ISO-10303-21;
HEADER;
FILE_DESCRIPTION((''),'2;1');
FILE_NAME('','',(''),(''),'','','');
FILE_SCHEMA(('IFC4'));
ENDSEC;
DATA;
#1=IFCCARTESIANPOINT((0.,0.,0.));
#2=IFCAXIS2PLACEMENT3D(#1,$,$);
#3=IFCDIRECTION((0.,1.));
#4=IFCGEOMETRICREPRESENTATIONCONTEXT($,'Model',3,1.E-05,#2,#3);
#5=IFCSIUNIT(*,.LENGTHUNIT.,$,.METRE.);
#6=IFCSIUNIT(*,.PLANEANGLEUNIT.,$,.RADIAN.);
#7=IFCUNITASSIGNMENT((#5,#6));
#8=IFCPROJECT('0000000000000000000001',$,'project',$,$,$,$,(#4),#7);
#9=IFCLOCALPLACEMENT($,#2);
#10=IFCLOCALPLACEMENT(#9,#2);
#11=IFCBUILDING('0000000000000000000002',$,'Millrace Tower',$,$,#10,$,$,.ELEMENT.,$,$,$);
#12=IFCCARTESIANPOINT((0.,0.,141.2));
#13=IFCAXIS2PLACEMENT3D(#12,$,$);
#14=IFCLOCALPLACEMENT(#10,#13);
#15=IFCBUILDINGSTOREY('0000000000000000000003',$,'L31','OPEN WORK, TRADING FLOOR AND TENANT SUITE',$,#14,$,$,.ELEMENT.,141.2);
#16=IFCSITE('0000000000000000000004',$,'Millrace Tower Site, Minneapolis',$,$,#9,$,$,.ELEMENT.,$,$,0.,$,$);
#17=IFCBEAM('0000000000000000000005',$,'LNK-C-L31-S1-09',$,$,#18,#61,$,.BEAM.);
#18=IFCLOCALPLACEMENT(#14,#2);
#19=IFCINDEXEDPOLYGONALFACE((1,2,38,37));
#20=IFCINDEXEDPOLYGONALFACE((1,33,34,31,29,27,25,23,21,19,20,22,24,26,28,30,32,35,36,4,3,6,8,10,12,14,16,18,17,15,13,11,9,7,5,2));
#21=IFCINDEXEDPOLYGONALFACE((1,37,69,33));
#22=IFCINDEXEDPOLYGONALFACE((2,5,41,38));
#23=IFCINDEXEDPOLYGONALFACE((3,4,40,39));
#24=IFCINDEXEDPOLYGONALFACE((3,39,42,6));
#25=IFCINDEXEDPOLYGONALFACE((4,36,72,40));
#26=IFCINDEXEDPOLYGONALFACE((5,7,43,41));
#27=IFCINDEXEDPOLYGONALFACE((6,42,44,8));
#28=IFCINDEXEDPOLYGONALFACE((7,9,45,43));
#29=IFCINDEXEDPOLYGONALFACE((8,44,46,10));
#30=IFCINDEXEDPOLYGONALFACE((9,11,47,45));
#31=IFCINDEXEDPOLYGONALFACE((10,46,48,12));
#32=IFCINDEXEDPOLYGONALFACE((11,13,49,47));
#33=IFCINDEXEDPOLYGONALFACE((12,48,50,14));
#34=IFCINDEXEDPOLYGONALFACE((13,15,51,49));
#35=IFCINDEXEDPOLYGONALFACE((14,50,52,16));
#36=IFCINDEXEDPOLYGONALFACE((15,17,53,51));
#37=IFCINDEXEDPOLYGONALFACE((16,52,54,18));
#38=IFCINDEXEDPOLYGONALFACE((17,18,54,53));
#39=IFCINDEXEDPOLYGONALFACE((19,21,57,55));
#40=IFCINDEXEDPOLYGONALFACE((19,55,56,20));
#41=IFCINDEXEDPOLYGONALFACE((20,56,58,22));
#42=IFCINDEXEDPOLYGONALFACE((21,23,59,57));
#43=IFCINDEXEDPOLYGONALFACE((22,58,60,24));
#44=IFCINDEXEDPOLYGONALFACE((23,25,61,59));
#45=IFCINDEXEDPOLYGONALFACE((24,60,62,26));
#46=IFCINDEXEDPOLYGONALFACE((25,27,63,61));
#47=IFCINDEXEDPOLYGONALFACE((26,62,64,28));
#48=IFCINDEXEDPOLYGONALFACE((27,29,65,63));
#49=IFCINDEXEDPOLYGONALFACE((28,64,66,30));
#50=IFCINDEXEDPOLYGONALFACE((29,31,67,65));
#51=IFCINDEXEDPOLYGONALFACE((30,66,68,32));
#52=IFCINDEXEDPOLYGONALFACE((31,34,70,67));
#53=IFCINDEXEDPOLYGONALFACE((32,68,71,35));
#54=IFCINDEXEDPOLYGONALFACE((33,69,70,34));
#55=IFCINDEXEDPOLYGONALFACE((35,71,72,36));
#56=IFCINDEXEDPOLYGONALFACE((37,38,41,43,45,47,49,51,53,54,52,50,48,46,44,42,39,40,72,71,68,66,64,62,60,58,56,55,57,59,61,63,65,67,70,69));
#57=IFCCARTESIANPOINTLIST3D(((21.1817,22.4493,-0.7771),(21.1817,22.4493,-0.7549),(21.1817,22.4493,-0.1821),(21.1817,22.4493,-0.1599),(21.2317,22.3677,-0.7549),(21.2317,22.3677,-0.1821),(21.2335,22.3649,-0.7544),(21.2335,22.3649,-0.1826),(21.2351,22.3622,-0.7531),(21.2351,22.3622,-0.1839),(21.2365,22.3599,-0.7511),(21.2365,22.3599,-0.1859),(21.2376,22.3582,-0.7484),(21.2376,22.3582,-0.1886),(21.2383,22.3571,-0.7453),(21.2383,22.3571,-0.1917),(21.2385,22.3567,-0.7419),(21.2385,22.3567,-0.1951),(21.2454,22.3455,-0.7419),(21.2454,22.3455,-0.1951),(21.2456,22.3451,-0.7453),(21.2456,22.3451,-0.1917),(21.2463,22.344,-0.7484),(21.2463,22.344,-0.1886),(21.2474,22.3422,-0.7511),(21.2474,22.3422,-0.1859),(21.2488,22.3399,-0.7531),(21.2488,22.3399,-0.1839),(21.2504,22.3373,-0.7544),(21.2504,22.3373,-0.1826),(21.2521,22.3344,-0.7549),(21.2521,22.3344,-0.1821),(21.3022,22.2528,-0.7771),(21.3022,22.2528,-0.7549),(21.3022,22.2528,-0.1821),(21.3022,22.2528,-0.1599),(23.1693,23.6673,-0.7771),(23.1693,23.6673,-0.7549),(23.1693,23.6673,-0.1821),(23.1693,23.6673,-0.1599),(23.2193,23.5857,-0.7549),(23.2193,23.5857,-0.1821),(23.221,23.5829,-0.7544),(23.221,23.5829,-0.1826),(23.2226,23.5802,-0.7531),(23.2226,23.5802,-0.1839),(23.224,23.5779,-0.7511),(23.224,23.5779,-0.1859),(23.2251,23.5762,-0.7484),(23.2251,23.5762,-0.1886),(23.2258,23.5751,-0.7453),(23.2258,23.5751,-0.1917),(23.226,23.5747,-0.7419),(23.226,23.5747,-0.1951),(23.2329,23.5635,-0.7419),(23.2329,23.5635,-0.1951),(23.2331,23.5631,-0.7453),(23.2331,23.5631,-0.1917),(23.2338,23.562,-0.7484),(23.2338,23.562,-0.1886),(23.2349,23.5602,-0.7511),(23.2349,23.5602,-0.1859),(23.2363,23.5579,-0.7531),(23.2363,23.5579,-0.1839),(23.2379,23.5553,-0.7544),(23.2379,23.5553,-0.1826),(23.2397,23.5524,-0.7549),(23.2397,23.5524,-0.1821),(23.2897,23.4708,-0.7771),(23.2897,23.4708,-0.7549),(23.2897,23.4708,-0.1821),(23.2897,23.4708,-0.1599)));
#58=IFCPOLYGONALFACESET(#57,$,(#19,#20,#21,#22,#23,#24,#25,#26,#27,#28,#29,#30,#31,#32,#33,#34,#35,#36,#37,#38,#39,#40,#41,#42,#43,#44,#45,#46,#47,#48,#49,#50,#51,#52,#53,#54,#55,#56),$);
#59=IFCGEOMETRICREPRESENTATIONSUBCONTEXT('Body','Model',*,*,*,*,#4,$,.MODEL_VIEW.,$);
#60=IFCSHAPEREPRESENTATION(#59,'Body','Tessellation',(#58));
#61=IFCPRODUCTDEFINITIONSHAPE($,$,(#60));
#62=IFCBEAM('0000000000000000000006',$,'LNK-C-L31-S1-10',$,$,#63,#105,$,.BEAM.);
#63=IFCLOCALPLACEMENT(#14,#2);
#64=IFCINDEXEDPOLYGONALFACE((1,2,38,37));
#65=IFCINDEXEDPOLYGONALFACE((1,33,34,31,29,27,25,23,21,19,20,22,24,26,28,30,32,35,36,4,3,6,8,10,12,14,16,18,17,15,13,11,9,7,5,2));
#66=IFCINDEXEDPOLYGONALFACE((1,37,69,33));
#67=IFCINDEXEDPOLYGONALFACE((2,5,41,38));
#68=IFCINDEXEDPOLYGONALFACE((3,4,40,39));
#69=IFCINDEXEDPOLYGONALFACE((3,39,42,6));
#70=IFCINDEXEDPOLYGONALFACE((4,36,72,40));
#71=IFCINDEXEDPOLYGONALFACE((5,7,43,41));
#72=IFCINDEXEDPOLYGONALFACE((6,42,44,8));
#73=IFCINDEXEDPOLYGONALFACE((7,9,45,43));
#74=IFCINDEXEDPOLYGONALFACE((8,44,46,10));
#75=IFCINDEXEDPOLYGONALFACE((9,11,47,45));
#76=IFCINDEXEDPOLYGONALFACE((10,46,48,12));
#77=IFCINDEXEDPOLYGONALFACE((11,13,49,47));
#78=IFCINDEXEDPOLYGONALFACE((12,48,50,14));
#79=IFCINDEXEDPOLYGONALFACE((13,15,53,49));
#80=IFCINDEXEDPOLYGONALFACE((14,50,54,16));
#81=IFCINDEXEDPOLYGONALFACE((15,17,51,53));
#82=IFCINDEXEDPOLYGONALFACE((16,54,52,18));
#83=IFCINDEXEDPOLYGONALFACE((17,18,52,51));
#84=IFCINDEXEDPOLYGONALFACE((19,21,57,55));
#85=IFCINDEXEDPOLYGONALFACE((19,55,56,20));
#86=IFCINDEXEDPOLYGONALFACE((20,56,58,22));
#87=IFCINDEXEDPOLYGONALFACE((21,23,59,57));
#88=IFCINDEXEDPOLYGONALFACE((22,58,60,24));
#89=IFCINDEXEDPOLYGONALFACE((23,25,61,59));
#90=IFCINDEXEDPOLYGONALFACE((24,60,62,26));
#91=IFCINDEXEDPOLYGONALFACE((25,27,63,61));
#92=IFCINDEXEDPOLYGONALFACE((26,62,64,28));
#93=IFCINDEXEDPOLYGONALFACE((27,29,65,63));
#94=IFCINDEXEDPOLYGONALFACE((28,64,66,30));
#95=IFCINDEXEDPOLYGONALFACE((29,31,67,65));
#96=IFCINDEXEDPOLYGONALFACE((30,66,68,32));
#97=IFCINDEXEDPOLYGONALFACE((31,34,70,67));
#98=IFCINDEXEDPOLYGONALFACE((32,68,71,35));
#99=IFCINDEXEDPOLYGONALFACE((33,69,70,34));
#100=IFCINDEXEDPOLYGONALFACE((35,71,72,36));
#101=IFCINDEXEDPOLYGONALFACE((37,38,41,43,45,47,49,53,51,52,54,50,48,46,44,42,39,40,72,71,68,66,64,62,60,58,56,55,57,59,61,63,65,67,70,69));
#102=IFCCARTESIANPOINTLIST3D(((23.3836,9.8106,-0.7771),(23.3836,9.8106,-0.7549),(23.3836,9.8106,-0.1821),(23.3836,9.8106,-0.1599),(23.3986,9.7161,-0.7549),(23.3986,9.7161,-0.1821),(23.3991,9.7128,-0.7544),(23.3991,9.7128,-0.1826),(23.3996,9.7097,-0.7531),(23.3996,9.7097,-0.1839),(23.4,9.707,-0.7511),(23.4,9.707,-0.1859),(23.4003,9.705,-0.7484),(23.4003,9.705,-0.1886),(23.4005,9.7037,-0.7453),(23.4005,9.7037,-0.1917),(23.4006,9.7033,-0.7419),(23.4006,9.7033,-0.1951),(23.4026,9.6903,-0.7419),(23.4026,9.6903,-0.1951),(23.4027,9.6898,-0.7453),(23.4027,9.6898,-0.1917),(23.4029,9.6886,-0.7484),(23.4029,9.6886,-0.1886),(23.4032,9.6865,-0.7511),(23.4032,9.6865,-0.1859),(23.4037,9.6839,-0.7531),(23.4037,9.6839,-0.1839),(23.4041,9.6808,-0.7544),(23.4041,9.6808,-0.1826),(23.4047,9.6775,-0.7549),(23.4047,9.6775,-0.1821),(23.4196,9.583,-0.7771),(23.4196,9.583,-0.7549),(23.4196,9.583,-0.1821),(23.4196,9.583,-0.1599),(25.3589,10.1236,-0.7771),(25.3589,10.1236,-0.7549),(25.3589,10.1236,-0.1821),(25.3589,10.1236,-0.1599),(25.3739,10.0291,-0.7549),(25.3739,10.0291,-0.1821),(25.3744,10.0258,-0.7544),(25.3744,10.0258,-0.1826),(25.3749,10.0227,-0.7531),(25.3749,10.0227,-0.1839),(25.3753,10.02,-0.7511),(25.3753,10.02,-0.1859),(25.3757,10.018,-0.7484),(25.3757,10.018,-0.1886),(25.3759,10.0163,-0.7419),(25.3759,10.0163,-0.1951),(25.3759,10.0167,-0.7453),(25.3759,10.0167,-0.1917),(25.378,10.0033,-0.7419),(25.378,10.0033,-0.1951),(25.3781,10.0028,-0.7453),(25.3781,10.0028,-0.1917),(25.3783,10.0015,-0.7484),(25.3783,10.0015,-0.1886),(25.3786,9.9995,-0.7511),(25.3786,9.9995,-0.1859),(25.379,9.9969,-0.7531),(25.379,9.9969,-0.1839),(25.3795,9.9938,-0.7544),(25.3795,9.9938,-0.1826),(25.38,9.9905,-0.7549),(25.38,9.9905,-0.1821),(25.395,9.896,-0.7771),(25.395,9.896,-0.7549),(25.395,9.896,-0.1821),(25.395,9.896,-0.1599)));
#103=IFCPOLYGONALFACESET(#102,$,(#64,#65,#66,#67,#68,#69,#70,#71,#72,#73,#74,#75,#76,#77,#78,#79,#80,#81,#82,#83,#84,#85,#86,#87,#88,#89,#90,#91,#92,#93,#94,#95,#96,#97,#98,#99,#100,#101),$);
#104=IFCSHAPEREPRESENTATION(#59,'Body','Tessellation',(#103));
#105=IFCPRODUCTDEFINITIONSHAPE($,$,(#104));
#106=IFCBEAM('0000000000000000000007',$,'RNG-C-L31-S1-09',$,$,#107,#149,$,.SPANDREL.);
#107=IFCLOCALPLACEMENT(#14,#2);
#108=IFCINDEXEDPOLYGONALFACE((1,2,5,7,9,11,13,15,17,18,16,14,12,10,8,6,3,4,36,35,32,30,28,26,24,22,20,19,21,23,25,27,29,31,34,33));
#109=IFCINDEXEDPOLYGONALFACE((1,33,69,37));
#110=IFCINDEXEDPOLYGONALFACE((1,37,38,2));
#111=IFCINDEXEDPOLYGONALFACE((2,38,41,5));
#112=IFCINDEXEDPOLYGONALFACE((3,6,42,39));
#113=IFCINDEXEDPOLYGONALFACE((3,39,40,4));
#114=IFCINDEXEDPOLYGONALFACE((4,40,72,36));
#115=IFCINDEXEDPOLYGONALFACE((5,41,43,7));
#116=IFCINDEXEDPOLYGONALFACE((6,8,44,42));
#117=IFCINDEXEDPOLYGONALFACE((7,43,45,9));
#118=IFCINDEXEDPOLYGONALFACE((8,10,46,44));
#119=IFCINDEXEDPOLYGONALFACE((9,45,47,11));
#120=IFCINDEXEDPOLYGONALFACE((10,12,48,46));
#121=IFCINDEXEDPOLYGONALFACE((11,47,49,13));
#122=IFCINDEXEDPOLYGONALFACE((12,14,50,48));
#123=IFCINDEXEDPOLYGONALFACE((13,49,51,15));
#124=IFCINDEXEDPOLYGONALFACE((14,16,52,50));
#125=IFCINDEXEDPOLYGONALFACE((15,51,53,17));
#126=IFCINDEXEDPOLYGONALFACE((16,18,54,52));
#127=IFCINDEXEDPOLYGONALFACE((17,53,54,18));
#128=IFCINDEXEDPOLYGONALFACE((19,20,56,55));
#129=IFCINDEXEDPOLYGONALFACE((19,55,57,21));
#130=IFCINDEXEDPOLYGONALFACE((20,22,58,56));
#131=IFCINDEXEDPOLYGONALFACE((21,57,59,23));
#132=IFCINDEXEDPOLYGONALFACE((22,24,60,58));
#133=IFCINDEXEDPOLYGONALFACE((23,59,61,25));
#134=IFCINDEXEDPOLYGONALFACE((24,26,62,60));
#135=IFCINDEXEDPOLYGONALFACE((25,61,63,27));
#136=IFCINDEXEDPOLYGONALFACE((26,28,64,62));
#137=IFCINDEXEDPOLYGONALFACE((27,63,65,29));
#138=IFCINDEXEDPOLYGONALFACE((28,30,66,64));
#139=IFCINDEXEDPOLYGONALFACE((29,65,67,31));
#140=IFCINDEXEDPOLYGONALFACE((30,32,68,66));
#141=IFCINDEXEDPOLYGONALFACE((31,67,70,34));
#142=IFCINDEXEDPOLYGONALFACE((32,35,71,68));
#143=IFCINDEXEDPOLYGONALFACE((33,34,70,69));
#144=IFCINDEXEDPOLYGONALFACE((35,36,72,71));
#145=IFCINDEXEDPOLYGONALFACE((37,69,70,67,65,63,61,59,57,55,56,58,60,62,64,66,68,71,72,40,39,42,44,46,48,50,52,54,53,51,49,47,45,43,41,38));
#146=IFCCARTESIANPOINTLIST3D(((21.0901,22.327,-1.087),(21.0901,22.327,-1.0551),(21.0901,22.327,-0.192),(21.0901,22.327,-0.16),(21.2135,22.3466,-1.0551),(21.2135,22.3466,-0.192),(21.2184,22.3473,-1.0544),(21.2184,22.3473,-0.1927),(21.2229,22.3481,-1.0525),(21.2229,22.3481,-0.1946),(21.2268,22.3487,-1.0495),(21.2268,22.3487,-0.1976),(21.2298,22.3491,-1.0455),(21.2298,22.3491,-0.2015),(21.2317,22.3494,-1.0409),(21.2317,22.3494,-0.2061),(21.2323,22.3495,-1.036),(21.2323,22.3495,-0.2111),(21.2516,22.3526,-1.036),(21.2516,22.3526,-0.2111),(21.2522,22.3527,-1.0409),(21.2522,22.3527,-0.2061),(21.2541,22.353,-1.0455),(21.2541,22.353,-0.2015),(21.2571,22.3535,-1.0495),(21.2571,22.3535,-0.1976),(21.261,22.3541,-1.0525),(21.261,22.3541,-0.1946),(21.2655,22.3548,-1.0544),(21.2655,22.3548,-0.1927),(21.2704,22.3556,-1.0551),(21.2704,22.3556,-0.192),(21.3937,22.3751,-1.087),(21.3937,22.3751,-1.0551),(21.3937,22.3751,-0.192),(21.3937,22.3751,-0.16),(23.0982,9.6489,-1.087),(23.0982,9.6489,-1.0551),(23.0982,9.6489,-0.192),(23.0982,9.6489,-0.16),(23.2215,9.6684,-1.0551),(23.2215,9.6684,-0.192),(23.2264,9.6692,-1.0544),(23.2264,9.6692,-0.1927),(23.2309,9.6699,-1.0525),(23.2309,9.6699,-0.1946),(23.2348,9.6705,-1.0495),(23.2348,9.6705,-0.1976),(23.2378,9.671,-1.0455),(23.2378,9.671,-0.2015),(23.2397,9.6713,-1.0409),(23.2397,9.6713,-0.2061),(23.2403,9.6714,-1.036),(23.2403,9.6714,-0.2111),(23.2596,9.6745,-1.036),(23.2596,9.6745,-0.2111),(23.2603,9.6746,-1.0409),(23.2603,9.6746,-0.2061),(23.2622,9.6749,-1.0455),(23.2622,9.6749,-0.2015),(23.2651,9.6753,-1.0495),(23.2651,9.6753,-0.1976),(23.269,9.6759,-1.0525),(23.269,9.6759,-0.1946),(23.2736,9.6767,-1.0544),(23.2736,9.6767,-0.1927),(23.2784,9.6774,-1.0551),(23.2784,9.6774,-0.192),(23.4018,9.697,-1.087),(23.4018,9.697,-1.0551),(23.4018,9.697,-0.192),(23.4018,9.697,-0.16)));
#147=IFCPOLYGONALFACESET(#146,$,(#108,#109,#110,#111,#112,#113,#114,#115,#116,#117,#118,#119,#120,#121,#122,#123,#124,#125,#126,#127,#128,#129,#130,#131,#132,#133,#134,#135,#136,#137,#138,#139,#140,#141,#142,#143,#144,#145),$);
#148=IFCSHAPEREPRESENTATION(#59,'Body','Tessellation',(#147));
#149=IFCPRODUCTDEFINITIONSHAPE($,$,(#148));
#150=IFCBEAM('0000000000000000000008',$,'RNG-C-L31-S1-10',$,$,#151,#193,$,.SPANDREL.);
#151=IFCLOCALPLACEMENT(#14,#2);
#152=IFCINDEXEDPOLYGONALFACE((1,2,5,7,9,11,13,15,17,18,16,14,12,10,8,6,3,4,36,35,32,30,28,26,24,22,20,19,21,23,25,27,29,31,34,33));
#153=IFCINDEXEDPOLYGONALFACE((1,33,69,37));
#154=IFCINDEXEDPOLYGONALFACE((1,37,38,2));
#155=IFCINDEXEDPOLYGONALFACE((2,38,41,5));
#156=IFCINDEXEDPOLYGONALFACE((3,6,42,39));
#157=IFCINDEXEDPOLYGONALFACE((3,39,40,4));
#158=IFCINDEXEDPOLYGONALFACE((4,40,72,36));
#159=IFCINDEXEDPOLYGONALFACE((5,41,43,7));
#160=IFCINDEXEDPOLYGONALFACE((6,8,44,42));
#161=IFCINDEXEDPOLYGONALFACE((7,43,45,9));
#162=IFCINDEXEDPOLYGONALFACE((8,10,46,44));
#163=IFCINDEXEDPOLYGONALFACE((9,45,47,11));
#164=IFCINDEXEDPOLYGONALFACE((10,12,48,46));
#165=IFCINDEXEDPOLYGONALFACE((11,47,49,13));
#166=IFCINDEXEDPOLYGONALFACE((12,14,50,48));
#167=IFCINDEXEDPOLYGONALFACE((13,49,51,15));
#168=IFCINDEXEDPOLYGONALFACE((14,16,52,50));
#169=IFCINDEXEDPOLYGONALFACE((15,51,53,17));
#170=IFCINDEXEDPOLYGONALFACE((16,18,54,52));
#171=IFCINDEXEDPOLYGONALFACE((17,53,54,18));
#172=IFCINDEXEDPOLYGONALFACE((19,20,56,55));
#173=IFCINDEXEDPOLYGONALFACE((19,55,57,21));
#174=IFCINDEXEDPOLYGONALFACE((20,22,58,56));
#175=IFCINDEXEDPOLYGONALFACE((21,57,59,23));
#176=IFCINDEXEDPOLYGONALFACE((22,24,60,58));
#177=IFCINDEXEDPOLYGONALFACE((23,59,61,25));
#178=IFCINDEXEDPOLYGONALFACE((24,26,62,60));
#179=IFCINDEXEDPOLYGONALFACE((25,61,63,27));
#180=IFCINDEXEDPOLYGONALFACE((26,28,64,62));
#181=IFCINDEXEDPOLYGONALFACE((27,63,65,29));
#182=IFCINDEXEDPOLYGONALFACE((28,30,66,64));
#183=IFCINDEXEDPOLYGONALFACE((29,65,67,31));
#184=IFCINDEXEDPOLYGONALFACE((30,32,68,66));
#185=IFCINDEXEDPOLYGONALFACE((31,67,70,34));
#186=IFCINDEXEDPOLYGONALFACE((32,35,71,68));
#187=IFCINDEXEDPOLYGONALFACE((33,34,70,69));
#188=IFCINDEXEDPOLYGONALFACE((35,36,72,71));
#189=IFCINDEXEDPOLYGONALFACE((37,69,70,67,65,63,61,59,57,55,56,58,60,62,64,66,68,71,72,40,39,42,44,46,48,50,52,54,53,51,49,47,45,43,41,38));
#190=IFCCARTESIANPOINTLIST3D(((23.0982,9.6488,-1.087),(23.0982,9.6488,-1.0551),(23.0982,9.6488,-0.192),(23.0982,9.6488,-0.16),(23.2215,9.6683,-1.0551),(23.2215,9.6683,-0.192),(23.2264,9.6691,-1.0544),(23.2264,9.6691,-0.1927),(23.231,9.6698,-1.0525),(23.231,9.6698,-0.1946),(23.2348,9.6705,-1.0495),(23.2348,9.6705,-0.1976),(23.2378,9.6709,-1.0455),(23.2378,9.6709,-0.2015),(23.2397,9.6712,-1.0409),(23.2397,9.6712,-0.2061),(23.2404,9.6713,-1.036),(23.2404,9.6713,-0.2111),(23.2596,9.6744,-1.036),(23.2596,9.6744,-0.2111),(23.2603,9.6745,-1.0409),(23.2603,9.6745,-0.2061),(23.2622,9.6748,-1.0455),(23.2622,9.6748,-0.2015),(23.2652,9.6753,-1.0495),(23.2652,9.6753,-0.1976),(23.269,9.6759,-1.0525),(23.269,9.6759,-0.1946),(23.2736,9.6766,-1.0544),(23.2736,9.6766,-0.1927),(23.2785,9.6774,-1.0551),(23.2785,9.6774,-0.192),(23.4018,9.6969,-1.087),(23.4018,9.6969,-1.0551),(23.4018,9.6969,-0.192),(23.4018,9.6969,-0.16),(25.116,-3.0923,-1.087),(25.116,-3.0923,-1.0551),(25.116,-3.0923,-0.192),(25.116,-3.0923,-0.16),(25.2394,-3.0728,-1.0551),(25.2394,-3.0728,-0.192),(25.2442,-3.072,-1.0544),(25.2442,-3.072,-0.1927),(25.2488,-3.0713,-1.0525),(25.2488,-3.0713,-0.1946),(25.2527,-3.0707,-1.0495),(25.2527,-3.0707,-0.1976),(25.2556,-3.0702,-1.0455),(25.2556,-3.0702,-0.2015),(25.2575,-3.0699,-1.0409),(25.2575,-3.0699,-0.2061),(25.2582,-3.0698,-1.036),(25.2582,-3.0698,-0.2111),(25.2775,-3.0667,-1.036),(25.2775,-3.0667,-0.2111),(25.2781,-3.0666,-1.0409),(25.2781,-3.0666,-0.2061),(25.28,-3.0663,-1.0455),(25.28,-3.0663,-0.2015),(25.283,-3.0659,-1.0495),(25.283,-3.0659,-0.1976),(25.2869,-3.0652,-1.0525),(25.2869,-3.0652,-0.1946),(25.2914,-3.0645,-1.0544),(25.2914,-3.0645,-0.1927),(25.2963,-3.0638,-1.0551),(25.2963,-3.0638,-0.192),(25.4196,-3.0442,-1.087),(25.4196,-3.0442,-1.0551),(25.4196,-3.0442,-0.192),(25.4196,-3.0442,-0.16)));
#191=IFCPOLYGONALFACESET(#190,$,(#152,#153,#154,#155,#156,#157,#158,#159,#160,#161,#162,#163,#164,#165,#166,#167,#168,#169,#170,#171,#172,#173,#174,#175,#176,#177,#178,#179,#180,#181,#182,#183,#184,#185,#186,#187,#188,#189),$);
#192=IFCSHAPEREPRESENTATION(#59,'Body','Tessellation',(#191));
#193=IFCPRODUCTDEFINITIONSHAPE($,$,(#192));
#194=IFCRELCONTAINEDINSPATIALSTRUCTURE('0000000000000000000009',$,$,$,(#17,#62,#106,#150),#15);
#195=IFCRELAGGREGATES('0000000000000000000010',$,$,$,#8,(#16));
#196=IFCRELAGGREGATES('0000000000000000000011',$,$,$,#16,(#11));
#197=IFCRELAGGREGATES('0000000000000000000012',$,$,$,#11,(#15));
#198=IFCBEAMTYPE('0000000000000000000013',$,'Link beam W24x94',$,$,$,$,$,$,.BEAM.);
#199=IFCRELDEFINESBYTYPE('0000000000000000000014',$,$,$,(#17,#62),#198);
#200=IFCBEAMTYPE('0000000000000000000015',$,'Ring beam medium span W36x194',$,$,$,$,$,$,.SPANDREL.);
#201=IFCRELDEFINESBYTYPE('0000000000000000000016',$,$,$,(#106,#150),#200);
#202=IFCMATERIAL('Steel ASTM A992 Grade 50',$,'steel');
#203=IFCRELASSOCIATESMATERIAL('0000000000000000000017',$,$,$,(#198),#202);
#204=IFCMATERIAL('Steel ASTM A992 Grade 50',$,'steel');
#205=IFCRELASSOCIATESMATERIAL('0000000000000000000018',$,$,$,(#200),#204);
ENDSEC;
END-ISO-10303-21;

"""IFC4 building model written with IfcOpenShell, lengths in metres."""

from ifc_helpers import new_model, si_unit, direction, frame, origin, origin_2d, place, context, subcontext, project, spatial, i_section, extrude, material, material_profile, profile_set, type_object, element, save


model = new_model("IFC4")

# Units and contexts
model_context = context("Model", 3, precision=1e-05, world=origin(), true_north=direction((0.0, 1.0)))
body_context = subcontext(model_context, "Body", "Model", "MODEL_VIEW")
ifc_project = project(units=[si_unit("LENGTHUNIT", "METRE"), si_unit("PLANEANGLEUNIT", "RADIAN")], contexts=[model_context])

# Site, building, storey
site_placement = place(None, origin())
site = spatial("IfcSite", under=ifc_project, at=site_placement, Name="Millrace Tower Site, Minneapolis", CompositionType="ELEMENT", RefElevation=0.0)
building_placement = place(site_placement, origin())
building = spatial("IfcBuilding", under=site, at=building_placement, Name="Millrace Tower", CompositionType="ELEMENT")
storey_placement = place(building_placement, frame((0.0, 0.0, 141.2)))
storey = spatial("IfcBuildingStorey", under=building, at=storey_placement, Name="L31", Description="OPEN WORK, TRADING FLOOR AND TENANT SUITE", CompositionType="ELEMENT", Elevation=141.2)

# Beams
ifc_material_1 = material(Name="Steel ASTM A992 Grade 50", Category="steel")
ifc_material_profile_1 = material_profile(ifc_material_1, i_section(OverallWidth=0.2305, OverallDepth=0.6172, WebThickness=0.0132, FlangeThickness=0.0222, FilletRadius=0.0129, at=origin_2d()))
ifc_profile_set_1 = profile_set([ifc_material_profile_1], Name="Steel ASTM A992 Grade 50")
beam_type_1 = type_object("IfcBeamType", Name="Link beam W24x94", PredefinedType="BEAM", material=ifc_profile_set_1)
beam_1_placement = place(storey_placement, frame((21.2419, 22.3511, -0.4685), z_axis=(0.852631, 0.522513, 0.0), x_axis=(-0.522513, 0.852631, 0.0)))
element("IfcBeam", 1, at=beam_1_placement, inside=storey, type_object=beam_type_1, Name="LNK-C-L31-S1-09", PredefinedType="BEAM", context=body_context, shape_type="SweptSolid", body=[
    extrude(i_section(OverallWidth=0.2305, OverallDepth=0.6172, WebThickness=0.0132, FlangeThickness=0.0222, FilletRadius=0.0129, at=origin_2d()), origin(), (0.0, 0.0, 1.0), 2.3311),
])
beam_2_placement = place(storey_placement, frame((23.4016, 9.6968, -0.4685), z_axis=(0.987679, 0.156495, 0.0), x_axis=(-0.156495, 0.987679, 0.0)))
element("IfcBeam", 2, at=beam_2_placement, inside=storey, type_object=beam_type_1, Name="LNK-C-L31-S1-10", PredefinedType="BEAM", context=body_context, shape_type="SweptSolid", body=[
    extrude(i_section(OverallWidth=0.2305, OverallDepth=0.6172, WebThickness=0.0132, FlangeThickness=0.0222, FilletRadius=0.0129, at=origin_2d()), origin(), (0.0, 0.0, 1.0), 2.0),
])
ifc_material_2 = material(Name="Steel ASTM A992 Grade 50", Category="steel")
ifc_material_profile_2 = material_profile(ifc_material_2, i_section(OverallWidth=0.3074, OverallDepth=0.927, WebThickness=0.0195, FlangeThickness=0.032, FilletRadius=0.019, at=origin_2d()))
ifc_profile_set_2 = profile_set([ifc_material_profile_2], Name="Steel ASTM A992 Grade 50")
beam_type_2 = type_object("IfcBeamType", Name="Ring beam medium span W36x194", PredefinedType="SPANDREL", material=ifc_profile_set_2)
beam_3_placement = place(storey_placement, frame((21.2419, 22.3511, -0.6235), z_axis=(0.156436, -0.987688, 0.0), x_axis=(0.987688, 0.156436, 0.0)))
element("IfcBeam", 3, at=beam_3_placement, inside=storey, type_object=beam_type_2, Name="RNG-C-L31-S1-09", PredefinedType="SPANDREL", context=body_context, shape_type="SweptSolid", body=[
    extrude(i_section(OverallWidth=0.3074, OverallDepth=0.927, WebThickness=0.0195, FlangeThickness=0.032, FilletRadius=0.019, at=origin_2d()), origin(), (0.0, 0.0, 1.0), 12.8362),
])
beam_4_placement = place(storey_placement, frame((23.25, 9.6729, -0.6235), z_axis=(0.15642, -0.987691, 0.0), x_axis=(0.987691, 0.15642, 0.0)))
element("IfcBeam", 4, at=beam_4_placement, inside=storey, type_object=beam_type_2, Name="RNG-C-L31-S1-10", PredefinedType="SPANDREL", context=body_context, shape_type="SweptSolid", body=[
    extrude(i_section(OverallWidth=0.3074, OverallDepth=0.927, WebThickness=0.0195, FlangeThickness=0.032, FilletRadius=0.019, at=origin_2d()), origin(), (0.0, 0.0, 1.0), 12.8999),
])

save(model, "model.ifc")
